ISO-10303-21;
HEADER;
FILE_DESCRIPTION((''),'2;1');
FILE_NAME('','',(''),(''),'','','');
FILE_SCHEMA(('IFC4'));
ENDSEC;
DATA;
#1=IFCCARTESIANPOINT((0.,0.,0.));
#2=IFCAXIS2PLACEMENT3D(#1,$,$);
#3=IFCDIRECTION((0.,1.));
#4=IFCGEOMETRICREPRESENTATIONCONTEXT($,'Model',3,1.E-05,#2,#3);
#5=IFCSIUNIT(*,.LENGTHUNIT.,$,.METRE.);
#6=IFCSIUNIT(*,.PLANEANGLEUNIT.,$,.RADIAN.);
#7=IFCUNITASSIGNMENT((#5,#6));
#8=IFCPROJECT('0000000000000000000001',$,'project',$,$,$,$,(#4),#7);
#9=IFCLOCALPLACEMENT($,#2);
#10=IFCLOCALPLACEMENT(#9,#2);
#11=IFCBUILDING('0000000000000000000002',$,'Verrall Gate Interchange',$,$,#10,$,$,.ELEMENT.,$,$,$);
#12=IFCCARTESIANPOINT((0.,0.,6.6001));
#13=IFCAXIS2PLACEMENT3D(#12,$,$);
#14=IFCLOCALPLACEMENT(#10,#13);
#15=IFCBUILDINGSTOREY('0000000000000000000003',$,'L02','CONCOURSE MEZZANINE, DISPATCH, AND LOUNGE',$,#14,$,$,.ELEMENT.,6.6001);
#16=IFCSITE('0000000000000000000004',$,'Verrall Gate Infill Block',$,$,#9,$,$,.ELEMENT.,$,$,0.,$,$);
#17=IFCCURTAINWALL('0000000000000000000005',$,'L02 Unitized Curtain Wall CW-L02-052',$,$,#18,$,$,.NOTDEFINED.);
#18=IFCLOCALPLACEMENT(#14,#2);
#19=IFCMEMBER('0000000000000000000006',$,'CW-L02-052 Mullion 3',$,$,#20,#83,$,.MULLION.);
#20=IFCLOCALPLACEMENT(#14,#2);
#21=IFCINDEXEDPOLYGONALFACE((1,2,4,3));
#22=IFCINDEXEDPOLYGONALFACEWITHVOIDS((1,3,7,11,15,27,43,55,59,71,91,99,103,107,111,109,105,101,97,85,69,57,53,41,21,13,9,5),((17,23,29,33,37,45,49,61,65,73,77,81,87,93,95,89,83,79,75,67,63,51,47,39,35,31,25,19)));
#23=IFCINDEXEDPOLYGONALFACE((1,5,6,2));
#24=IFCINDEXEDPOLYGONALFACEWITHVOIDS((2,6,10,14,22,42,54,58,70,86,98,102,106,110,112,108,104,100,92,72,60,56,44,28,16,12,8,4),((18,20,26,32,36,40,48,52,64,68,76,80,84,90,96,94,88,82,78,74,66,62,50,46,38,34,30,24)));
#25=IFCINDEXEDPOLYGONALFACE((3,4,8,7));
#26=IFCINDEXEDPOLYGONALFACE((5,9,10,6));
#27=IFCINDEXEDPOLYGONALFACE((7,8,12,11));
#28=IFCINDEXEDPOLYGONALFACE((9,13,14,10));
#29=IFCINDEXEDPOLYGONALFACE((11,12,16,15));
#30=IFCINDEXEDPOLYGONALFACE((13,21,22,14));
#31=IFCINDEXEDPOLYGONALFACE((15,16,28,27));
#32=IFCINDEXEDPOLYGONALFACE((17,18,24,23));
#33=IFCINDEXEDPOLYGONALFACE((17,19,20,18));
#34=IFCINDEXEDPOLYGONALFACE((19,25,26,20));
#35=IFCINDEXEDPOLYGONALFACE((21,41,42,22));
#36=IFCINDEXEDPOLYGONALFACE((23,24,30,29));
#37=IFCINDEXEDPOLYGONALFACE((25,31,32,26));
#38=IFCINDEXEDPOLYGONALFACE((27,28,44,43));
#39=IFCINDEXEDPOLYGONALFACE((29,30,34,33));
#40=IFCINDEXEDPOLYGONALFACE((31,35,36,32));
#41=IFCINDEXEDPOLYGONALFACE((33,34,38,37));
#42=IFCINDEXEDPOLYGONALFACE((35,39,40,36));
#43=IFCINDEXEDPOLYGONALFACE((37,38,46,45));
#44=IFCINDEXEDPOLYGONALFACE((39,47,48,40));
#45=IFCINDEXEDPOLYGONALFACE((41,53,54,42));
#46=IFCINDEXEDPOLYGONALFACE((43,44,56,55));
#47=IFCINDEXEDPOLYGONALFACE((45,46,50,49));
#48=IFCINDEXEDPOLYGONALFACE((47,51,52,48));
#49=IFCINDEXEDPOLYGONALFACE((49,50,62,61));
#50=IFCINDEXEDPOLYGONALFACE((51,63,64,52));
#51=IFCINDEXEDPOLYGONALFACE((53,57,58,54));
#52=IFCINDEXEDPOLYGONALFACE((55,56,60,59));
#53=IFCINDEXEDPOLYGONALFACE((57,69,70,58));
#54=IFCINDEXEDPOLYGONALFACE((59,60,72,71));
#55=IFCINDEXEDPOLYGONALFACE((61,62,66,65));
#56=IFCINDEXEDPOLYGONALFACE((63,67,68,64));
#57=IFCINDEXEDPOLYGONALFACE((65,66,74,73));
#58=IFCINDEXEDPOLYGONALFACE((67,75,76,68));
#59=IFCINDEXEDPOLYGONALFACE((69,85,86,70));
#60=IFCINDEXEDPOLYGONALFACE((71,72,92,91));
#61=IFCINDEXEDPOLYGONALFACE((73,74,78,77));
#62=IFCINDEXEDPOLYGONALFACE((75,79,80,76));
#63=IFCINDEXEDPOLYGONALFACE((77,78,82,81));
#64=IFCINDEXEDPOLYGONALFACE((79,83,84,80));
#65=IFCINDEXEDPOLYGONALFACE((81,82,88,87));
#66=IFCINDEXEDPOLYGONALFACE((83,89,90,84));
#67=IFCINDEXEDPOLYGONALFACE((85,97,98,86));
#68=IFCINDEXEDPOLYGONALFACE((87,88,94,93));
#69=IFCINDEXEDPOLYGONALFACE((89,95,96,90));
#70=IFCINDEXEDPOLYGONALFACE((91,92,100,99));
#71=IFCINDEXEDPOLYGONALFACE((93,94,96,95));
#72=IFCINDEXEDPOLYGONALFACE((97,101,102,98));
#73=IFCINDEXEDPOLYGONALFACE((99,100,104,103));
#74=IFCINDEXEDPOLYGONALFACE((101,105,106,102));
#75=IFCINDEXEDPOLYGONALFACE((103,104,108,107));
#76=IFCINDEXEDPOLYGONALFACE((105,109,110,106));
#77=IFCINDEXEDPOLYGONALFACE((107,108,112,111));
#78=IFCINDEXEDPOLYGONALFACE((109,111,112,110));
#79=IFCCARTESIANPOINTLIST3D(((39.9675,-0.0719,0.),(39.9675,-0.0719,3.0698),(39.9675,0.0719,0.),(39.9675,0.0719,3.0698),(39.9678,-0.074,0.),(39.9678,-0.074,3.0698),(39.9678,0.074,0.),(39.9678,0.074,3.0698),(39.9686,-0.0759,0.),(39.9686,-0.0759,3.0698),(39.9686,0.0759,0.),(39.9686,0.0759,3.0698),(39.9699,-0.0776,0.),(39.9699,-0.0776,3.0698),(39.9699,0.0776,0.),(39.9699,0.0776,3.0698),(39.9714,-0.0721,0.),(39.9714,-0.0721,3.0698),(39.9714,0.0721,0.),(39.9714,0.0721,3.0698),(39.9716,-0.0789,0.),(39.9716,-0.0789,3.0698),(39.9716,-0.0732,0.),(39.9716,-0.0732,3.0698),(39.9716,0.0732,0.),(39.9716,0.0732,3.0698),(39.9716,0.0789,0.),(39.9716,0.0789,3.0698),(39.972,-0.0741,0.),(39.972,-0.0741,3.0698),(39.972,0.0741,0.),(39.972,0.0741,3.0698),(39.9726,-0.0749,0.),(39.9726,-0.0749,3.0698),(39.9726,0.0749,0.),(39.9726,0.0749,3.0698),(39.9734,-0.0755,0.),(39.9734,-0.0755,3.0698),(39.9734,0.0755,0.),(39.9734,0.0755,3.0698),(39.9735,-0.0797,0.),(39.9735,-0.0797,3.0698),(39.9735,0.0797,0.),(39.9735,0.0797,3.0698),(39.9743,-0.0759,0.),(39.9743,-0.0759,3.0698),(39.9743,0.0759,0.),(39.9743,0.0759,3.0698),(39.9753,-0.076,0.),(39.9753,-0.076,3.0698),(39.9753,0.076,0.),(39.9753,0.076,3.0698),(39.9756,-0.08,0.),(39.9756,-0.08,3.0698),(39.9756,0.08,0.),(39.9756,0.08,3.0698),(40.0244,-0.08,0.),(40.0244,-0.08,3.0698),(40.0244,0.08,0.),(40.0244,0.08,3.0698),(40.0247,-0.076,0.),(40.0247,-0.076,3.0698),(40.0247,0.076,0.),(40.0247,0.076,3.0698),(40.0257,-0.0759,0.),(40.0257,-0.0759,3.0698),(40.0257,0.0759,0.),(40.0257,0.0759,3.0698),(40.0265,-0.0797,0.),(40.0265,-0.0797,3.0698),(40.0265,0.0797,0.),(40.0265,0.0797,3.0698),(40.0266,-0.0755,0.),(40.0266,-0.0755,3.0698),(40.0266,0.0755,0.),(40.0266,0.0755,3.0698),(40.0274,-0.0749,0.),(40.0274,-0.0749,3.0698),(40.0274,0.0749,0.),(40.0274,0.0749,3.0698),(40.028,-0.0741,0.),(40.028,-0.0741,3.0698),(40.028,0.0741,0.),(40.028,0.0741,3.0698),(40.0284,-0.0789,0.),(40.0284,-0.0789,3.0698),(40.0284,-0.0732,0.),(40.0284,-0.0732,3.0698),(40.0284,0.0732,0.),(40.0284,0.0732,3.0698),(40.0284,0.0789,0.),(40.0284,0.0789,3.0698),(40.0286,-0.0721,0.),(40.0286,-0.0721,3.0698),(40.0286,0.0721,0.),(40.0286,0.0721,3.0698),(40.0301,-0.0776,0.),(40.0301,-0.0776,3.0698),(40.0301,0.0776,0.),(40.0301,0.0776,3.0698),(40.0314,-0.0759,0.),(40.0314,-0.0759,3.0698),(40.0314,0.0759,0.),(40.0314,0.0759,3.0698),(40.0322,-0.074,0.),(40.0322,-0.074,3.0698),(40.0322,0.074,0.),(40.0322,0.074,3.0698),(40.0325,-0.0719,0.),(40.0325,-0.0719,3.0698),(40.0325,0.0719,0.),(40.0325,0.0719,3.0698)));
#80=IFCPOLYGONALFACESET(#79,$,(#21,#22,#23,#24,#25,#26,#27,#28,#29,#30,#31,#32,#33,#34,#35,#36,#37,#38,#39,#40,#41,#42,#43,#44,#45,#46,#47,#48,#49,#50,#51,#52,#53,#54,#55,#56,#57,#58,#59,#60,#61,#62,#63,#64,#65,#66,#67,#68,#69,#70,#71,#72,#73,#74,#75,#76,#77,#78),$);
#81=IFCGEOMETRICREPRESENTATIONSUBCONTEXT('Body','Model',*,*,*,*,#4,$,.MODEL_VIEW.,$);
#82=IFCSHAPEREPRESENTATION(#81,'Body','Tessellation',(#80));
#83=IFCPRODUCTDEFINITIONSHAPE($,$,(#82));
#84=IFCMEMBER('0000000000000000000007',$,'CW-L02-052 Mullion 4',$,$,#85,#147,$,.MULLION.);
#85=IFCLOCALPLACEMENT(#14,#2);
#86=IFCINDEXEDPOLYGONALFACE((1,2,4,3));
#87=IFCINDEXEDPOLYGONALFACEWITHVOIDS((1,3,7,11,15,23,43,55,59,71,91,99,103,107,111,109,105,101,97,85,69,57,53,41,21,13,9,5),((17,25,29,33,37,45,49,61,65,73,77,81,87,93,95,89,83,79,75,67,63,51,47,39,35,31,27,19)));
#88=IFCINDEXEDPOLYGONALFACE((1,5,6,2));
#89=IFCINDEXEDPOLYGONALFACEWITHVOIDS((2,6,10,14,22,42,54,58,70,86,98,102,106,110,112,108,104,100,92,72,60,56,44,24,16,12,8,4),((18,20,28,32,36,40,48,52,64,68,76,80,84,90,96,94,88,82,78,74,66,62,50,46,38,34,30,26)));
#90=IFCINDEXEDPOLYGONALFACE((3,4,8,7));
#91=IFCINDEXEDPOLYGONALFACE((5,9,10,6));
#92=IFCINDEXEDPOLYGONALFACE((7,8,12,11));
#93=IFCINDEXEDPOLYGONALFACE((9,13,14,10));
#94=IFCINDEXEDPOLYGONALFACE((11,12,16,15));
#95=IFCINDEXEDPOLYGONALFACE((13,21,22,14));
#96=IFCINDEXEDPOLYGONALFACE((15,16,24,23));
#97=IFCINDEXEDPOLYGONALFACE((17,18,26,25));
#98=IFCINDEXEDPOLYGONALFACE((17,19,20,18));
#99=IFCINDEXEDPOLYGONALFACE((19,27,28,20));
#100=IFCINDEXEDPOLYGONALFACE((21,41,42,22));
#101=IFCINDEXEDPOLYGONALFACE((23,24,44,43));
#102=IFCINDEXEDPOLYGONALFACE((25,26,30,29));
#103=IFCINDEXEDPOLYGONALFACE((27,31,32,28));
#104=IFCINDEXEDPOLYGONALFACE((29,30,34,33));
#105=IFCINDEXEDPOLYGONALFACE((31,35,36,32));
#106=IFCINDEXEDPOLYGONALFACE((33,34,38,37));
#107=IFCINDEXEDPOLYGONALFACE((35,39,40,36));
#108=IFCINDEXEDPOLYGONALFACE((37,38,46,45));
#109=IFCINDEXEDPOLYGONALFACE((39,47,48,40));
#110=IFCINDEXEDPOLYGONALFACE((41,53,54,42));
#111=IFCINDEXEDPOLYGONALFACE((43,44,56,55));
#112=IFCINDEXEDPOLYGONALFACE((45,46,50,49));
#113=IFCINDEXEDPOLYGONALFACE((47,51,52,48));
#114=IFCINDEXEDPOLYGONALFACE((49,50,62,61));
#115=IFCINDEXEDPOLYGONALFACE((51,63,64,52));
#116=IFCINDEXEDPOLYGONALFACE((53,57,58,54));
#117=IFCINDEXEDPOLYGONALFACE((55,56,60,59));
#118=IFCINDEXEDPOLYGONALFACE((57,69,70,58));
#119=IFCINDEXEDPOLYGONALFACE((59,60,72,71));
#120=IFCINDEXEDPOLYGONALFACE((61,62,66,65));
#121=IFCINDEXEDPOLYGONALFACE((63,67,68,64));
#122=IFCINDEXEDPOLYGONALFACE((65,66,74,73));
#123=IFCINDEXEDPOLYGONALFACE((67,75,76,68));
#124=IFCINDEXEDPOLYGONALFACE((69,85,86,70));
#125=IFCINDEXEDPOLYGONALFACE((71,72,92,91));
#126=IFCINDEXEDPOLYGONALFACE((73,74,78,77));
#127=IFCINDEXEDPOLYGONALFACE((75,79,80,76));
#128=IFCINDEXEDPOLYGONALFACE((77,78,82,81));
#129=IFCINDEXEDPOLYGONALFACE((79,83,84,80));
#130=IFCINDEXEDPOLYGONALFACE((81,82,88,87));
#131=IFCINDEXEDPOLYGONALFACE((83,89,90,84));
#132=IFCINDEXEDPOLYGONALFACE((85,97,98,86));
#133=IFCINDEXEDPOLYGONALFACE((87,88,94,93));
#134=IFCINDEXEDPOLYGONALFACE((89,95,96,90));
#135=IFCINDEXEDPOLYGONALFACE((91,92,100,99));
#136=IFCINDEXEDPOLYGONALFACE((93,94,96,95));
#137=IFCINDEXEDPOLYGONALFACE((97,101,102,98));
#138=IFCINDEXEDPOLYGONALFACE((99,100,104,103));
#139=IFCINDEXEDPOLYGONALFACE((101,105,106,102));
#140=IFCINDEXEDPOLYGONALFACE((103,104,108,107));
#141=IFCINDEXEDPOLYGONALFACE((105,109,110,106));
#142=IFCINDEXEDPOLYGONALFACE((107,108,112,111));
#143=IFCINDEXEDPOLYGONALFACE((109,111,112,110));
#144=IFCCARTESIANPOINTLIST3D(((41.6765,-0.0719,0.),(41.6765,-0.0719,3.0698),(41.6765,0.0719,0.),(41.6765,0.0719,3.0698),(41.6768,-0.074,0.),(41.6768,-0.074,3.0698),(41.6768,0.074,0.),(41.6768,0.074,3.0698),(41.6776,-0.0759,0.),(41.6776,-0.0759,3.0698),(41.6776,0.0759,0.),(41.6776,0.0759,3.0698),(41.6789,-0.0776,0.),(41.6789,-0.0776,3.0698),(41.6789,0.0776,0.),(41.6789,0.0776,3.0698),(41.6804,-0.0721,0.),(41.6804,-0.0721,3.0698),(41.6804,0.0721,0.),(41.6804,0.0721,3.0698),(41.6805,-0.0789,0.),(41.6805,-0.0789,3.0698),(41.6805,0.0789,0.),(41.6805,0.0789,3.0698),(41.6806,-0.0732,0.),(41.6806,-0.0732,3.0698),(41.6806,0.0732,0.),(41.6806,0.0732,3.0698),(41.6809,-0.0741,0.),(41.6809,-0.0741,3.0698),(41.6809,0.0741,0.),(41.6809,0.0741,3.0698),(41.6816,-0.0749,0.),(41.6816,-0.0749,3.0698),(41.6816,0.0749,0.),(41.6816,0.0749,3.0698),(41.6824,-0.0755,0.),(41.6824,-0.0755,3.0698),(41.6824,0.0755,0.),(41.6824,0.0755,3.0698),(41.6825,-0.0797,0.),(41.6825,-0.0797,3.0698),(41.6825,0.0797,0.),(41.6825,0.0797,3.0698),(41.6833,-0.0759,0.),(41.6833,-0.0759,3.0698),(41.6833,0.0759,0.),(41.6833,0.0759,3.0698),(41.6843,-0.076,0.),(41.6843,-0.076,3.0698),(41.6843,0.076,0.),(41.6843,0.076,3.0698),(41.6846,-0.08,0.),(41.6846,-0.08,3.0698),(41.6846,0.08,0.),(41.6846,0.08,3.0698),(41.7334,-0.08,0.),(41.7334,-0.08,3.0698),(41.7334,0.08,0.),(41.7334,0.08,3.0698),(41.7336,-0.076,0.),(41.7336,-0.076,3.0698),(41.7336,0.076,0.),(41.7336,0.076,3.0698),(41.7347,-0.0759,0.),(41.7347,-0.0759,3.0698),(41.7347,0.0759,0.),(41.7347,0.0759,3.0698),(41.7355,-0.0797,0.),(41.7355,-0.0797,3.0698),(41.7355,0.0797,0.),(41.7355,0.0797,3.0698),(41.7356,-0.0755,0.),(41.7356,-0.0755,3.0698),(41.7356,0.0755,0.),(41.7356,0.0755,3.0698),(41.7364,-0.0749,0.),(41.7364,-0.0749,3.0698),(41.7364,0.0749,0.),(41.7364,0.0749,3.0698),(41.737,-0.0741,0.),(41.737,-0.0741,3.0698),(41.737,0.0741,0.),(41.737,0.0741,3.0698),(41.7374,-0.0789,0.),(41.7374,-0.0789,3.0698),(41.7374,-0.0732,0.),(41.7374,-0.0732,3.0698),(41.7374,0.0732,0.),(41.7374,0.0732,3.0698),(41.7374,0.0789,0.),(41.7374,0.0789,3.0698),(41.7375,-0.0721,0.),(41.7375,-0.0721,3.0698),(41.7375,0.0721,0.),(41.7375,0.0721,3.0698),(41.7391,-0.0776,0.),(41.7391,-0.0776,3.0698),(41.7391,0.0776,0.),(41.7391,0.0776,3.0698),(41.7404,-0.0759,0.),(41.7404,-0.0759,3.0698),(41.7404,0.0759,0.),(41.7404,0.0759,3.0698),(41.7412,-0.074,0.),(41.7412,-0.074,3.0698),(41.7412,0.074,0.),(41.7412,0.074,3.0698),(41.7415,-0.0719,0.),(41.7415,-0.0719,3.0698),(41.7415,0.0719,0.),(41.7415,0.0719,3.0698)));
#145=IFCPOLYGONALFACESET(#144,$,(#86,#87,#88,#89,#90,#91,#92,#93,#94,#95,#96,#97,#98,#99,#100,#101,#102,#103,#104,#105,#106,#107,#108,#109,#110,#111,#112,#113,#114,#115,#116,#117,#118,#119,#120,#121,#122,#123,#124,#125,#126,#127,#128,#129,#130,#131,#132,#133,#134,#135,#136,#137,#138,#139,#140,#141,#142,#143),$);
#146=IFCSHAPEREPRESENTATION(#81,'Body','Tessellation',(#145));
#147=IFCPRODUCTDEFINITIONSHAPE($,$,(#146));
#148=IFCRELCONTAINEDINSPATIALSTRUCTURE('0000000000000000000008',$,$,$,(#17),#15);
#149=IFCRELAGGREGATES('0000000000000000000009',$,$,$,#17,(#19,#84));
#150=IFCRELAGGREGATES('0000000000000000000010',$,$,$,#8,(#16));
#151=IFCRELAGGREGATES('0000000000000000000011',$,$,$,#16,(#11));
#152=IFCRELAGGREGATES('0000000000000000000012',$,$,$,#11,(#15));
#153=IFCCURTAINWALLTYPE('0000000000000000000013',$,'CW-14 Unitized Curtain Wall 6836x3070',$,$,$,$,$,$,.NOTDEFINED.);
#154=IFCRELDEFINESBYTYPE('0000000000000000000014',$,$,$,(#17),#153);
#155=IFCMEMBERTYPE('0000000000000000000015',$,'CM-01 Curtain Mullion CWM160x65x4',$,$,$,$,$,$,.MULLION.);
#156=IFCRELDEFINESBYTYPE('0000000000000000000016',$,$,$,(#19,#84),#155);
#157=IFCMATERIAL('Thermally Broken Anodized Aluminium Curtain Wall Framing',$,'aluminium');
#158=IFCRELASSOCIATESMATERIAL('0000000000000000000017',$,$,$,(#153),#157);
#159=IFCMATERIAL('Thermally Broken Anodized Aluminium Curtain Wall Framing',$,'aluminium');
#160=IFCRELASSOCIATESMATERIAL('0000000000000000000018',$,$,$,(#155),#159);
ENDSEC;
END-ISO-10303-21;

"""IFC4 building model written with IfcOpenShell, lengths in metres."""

from ifc_helpers import new_model, si_unit, direction, frame, origin, origin_2d, place, context, subcontext, project, spatial, hollow_rectangle, extrude, material, material_profile, profile_set, type_object, element, aggregate, save


model = new_model("IFC4")

# Units and contexts
model_context = context("Model", 3, precision=1e-05, world=origin(), true_north=direction((0.0, 1.0)))
body_context = subcontext(model_context, "Body", "Model", "MODEL_VIEW")
ifc_project = project(units=[si_unit("LENGTHUNIT", "METRE"), si_unit("PLANEANGLEUNIT", "RADIAN")], contexts=[model_context])

# Site, building, storey
site_placement = place(None, origin())
site = spatial("IfcSite", under=ifc_project, at=site_placement, Name="Verrall Gate Infill Block", CompositionType="ELEMENT", RefElevation=0.0)
building_placement = place(site_placement, origin())
building = spatial("IfcBuilding", under=site, at=building_placement, Name="Verrall Gate Interchange", CompositionType="ELEMENT")
storey_placement = place(building_placement, frame((0.0, 0.0, 6.6001)))
storey = spatial("IfcBuildingStorey", under=building, at=storey_placement, Name="L02", Description="CONCOURSE MEZZANINE, DISPATCH, AND LOUNGE", CompositionType="ELEMENT", Elevation=6.6001)

# Curtain wall, members
ifc_material_1 = material(Name="Thermally Broken Anodized Aluminium Curtain Wall Framing", Category="aluminium")
curtain_wall_type = type_object("IfcCurtainWallType", Name="CW-14 Unitized Curtain Wall 6836x3070", PredefinedType="NOTDEFINED", material=ifc_material_1)
curtain_wall_1_placement = place(storey_placement, origin())
curtain_wall_1 = element("IfcCurtainWall", 1, at=curtain_wall_1_placement, inside=storey, type_object=curtain_wall_type, Name="L02 Unitized Curtain Wall CW-L02-052", PredefinedType="NOTDEFINED")
ifc_material_2 = material(Name="Thermally Broken Anodized Aluminium Curtain Wall Framing", Category="aluminium")
ifc_material_profile_1 = material_profile(ifc_material_2, hollow_rectangle(XDim=0.0649, YDim=0.1599, WallThickness=0.0039, InnerFilletRadius=0.0039, OuterFilletRadius=0.0081, at=origin_2d()), Name="CWM160x65x4")
ifc_profile_set_1 = profile_set([ifc_material_profile_1], Name="Thermally Broken Anodized Aluminium Curtain Wall Framing")
member_type_1 = type_object("IfcMemberType", Name="CM-01 Curtain Mullion CWM160x65x4", PredefinedType="MULLION", material=ifc_profile_set_1)
member_1_placement = place(storey_placement, frame((40.0, 0.0, 0.0), z_axis=(0.0, 0.0, 1.0), x_axis=(1.0, 0.0, 0.0)))
member_1 = element("IfcMember", 2, at=member_1_placement, type_object=member_type_1, Name="CW-L02-052 Mullion 3", PredefinedType="MULLION", context=body_context, shape_type="SweptSolid", body=[
    extrude(hollow_rectangle(XDim=0.0649, YDim=0.1599, WallThickness=0.0039, InnerFilletRadius=0.0039, OuterFilletRadius=0.0081, at=origin_2d()), origin(), (0.0, 0.0, 1.0), 3.0698),
])
member_2_placement = place(storey_placement, frame((41.709, 0.0, 0.0), z_axis=(0.0, 0.0, 1.0), x_axis=(1.0, 0.0, 0.0)))
member_2 = element("IfcMember", 3, at=member_2_placement, type_object=member_type_1, Name="CW-L02-052 Mullion 4", PredefinedType="MULLION", context=body_context, shape_type="SweptSolid", body=[
    extrude(hollow_rectangle(XDim=0.0649, YDim=0.1599, WallThickness=0.0039, InnerFilletRadius=0.0039, OuterFilletRadius=0.0081, at=origin_2d()), origin(), (0.0, 0.0, 1.0), 3.0698),
])

aggregate(curtain_wall_1, [member_1, member_2])

save(model, "model.ifc")
